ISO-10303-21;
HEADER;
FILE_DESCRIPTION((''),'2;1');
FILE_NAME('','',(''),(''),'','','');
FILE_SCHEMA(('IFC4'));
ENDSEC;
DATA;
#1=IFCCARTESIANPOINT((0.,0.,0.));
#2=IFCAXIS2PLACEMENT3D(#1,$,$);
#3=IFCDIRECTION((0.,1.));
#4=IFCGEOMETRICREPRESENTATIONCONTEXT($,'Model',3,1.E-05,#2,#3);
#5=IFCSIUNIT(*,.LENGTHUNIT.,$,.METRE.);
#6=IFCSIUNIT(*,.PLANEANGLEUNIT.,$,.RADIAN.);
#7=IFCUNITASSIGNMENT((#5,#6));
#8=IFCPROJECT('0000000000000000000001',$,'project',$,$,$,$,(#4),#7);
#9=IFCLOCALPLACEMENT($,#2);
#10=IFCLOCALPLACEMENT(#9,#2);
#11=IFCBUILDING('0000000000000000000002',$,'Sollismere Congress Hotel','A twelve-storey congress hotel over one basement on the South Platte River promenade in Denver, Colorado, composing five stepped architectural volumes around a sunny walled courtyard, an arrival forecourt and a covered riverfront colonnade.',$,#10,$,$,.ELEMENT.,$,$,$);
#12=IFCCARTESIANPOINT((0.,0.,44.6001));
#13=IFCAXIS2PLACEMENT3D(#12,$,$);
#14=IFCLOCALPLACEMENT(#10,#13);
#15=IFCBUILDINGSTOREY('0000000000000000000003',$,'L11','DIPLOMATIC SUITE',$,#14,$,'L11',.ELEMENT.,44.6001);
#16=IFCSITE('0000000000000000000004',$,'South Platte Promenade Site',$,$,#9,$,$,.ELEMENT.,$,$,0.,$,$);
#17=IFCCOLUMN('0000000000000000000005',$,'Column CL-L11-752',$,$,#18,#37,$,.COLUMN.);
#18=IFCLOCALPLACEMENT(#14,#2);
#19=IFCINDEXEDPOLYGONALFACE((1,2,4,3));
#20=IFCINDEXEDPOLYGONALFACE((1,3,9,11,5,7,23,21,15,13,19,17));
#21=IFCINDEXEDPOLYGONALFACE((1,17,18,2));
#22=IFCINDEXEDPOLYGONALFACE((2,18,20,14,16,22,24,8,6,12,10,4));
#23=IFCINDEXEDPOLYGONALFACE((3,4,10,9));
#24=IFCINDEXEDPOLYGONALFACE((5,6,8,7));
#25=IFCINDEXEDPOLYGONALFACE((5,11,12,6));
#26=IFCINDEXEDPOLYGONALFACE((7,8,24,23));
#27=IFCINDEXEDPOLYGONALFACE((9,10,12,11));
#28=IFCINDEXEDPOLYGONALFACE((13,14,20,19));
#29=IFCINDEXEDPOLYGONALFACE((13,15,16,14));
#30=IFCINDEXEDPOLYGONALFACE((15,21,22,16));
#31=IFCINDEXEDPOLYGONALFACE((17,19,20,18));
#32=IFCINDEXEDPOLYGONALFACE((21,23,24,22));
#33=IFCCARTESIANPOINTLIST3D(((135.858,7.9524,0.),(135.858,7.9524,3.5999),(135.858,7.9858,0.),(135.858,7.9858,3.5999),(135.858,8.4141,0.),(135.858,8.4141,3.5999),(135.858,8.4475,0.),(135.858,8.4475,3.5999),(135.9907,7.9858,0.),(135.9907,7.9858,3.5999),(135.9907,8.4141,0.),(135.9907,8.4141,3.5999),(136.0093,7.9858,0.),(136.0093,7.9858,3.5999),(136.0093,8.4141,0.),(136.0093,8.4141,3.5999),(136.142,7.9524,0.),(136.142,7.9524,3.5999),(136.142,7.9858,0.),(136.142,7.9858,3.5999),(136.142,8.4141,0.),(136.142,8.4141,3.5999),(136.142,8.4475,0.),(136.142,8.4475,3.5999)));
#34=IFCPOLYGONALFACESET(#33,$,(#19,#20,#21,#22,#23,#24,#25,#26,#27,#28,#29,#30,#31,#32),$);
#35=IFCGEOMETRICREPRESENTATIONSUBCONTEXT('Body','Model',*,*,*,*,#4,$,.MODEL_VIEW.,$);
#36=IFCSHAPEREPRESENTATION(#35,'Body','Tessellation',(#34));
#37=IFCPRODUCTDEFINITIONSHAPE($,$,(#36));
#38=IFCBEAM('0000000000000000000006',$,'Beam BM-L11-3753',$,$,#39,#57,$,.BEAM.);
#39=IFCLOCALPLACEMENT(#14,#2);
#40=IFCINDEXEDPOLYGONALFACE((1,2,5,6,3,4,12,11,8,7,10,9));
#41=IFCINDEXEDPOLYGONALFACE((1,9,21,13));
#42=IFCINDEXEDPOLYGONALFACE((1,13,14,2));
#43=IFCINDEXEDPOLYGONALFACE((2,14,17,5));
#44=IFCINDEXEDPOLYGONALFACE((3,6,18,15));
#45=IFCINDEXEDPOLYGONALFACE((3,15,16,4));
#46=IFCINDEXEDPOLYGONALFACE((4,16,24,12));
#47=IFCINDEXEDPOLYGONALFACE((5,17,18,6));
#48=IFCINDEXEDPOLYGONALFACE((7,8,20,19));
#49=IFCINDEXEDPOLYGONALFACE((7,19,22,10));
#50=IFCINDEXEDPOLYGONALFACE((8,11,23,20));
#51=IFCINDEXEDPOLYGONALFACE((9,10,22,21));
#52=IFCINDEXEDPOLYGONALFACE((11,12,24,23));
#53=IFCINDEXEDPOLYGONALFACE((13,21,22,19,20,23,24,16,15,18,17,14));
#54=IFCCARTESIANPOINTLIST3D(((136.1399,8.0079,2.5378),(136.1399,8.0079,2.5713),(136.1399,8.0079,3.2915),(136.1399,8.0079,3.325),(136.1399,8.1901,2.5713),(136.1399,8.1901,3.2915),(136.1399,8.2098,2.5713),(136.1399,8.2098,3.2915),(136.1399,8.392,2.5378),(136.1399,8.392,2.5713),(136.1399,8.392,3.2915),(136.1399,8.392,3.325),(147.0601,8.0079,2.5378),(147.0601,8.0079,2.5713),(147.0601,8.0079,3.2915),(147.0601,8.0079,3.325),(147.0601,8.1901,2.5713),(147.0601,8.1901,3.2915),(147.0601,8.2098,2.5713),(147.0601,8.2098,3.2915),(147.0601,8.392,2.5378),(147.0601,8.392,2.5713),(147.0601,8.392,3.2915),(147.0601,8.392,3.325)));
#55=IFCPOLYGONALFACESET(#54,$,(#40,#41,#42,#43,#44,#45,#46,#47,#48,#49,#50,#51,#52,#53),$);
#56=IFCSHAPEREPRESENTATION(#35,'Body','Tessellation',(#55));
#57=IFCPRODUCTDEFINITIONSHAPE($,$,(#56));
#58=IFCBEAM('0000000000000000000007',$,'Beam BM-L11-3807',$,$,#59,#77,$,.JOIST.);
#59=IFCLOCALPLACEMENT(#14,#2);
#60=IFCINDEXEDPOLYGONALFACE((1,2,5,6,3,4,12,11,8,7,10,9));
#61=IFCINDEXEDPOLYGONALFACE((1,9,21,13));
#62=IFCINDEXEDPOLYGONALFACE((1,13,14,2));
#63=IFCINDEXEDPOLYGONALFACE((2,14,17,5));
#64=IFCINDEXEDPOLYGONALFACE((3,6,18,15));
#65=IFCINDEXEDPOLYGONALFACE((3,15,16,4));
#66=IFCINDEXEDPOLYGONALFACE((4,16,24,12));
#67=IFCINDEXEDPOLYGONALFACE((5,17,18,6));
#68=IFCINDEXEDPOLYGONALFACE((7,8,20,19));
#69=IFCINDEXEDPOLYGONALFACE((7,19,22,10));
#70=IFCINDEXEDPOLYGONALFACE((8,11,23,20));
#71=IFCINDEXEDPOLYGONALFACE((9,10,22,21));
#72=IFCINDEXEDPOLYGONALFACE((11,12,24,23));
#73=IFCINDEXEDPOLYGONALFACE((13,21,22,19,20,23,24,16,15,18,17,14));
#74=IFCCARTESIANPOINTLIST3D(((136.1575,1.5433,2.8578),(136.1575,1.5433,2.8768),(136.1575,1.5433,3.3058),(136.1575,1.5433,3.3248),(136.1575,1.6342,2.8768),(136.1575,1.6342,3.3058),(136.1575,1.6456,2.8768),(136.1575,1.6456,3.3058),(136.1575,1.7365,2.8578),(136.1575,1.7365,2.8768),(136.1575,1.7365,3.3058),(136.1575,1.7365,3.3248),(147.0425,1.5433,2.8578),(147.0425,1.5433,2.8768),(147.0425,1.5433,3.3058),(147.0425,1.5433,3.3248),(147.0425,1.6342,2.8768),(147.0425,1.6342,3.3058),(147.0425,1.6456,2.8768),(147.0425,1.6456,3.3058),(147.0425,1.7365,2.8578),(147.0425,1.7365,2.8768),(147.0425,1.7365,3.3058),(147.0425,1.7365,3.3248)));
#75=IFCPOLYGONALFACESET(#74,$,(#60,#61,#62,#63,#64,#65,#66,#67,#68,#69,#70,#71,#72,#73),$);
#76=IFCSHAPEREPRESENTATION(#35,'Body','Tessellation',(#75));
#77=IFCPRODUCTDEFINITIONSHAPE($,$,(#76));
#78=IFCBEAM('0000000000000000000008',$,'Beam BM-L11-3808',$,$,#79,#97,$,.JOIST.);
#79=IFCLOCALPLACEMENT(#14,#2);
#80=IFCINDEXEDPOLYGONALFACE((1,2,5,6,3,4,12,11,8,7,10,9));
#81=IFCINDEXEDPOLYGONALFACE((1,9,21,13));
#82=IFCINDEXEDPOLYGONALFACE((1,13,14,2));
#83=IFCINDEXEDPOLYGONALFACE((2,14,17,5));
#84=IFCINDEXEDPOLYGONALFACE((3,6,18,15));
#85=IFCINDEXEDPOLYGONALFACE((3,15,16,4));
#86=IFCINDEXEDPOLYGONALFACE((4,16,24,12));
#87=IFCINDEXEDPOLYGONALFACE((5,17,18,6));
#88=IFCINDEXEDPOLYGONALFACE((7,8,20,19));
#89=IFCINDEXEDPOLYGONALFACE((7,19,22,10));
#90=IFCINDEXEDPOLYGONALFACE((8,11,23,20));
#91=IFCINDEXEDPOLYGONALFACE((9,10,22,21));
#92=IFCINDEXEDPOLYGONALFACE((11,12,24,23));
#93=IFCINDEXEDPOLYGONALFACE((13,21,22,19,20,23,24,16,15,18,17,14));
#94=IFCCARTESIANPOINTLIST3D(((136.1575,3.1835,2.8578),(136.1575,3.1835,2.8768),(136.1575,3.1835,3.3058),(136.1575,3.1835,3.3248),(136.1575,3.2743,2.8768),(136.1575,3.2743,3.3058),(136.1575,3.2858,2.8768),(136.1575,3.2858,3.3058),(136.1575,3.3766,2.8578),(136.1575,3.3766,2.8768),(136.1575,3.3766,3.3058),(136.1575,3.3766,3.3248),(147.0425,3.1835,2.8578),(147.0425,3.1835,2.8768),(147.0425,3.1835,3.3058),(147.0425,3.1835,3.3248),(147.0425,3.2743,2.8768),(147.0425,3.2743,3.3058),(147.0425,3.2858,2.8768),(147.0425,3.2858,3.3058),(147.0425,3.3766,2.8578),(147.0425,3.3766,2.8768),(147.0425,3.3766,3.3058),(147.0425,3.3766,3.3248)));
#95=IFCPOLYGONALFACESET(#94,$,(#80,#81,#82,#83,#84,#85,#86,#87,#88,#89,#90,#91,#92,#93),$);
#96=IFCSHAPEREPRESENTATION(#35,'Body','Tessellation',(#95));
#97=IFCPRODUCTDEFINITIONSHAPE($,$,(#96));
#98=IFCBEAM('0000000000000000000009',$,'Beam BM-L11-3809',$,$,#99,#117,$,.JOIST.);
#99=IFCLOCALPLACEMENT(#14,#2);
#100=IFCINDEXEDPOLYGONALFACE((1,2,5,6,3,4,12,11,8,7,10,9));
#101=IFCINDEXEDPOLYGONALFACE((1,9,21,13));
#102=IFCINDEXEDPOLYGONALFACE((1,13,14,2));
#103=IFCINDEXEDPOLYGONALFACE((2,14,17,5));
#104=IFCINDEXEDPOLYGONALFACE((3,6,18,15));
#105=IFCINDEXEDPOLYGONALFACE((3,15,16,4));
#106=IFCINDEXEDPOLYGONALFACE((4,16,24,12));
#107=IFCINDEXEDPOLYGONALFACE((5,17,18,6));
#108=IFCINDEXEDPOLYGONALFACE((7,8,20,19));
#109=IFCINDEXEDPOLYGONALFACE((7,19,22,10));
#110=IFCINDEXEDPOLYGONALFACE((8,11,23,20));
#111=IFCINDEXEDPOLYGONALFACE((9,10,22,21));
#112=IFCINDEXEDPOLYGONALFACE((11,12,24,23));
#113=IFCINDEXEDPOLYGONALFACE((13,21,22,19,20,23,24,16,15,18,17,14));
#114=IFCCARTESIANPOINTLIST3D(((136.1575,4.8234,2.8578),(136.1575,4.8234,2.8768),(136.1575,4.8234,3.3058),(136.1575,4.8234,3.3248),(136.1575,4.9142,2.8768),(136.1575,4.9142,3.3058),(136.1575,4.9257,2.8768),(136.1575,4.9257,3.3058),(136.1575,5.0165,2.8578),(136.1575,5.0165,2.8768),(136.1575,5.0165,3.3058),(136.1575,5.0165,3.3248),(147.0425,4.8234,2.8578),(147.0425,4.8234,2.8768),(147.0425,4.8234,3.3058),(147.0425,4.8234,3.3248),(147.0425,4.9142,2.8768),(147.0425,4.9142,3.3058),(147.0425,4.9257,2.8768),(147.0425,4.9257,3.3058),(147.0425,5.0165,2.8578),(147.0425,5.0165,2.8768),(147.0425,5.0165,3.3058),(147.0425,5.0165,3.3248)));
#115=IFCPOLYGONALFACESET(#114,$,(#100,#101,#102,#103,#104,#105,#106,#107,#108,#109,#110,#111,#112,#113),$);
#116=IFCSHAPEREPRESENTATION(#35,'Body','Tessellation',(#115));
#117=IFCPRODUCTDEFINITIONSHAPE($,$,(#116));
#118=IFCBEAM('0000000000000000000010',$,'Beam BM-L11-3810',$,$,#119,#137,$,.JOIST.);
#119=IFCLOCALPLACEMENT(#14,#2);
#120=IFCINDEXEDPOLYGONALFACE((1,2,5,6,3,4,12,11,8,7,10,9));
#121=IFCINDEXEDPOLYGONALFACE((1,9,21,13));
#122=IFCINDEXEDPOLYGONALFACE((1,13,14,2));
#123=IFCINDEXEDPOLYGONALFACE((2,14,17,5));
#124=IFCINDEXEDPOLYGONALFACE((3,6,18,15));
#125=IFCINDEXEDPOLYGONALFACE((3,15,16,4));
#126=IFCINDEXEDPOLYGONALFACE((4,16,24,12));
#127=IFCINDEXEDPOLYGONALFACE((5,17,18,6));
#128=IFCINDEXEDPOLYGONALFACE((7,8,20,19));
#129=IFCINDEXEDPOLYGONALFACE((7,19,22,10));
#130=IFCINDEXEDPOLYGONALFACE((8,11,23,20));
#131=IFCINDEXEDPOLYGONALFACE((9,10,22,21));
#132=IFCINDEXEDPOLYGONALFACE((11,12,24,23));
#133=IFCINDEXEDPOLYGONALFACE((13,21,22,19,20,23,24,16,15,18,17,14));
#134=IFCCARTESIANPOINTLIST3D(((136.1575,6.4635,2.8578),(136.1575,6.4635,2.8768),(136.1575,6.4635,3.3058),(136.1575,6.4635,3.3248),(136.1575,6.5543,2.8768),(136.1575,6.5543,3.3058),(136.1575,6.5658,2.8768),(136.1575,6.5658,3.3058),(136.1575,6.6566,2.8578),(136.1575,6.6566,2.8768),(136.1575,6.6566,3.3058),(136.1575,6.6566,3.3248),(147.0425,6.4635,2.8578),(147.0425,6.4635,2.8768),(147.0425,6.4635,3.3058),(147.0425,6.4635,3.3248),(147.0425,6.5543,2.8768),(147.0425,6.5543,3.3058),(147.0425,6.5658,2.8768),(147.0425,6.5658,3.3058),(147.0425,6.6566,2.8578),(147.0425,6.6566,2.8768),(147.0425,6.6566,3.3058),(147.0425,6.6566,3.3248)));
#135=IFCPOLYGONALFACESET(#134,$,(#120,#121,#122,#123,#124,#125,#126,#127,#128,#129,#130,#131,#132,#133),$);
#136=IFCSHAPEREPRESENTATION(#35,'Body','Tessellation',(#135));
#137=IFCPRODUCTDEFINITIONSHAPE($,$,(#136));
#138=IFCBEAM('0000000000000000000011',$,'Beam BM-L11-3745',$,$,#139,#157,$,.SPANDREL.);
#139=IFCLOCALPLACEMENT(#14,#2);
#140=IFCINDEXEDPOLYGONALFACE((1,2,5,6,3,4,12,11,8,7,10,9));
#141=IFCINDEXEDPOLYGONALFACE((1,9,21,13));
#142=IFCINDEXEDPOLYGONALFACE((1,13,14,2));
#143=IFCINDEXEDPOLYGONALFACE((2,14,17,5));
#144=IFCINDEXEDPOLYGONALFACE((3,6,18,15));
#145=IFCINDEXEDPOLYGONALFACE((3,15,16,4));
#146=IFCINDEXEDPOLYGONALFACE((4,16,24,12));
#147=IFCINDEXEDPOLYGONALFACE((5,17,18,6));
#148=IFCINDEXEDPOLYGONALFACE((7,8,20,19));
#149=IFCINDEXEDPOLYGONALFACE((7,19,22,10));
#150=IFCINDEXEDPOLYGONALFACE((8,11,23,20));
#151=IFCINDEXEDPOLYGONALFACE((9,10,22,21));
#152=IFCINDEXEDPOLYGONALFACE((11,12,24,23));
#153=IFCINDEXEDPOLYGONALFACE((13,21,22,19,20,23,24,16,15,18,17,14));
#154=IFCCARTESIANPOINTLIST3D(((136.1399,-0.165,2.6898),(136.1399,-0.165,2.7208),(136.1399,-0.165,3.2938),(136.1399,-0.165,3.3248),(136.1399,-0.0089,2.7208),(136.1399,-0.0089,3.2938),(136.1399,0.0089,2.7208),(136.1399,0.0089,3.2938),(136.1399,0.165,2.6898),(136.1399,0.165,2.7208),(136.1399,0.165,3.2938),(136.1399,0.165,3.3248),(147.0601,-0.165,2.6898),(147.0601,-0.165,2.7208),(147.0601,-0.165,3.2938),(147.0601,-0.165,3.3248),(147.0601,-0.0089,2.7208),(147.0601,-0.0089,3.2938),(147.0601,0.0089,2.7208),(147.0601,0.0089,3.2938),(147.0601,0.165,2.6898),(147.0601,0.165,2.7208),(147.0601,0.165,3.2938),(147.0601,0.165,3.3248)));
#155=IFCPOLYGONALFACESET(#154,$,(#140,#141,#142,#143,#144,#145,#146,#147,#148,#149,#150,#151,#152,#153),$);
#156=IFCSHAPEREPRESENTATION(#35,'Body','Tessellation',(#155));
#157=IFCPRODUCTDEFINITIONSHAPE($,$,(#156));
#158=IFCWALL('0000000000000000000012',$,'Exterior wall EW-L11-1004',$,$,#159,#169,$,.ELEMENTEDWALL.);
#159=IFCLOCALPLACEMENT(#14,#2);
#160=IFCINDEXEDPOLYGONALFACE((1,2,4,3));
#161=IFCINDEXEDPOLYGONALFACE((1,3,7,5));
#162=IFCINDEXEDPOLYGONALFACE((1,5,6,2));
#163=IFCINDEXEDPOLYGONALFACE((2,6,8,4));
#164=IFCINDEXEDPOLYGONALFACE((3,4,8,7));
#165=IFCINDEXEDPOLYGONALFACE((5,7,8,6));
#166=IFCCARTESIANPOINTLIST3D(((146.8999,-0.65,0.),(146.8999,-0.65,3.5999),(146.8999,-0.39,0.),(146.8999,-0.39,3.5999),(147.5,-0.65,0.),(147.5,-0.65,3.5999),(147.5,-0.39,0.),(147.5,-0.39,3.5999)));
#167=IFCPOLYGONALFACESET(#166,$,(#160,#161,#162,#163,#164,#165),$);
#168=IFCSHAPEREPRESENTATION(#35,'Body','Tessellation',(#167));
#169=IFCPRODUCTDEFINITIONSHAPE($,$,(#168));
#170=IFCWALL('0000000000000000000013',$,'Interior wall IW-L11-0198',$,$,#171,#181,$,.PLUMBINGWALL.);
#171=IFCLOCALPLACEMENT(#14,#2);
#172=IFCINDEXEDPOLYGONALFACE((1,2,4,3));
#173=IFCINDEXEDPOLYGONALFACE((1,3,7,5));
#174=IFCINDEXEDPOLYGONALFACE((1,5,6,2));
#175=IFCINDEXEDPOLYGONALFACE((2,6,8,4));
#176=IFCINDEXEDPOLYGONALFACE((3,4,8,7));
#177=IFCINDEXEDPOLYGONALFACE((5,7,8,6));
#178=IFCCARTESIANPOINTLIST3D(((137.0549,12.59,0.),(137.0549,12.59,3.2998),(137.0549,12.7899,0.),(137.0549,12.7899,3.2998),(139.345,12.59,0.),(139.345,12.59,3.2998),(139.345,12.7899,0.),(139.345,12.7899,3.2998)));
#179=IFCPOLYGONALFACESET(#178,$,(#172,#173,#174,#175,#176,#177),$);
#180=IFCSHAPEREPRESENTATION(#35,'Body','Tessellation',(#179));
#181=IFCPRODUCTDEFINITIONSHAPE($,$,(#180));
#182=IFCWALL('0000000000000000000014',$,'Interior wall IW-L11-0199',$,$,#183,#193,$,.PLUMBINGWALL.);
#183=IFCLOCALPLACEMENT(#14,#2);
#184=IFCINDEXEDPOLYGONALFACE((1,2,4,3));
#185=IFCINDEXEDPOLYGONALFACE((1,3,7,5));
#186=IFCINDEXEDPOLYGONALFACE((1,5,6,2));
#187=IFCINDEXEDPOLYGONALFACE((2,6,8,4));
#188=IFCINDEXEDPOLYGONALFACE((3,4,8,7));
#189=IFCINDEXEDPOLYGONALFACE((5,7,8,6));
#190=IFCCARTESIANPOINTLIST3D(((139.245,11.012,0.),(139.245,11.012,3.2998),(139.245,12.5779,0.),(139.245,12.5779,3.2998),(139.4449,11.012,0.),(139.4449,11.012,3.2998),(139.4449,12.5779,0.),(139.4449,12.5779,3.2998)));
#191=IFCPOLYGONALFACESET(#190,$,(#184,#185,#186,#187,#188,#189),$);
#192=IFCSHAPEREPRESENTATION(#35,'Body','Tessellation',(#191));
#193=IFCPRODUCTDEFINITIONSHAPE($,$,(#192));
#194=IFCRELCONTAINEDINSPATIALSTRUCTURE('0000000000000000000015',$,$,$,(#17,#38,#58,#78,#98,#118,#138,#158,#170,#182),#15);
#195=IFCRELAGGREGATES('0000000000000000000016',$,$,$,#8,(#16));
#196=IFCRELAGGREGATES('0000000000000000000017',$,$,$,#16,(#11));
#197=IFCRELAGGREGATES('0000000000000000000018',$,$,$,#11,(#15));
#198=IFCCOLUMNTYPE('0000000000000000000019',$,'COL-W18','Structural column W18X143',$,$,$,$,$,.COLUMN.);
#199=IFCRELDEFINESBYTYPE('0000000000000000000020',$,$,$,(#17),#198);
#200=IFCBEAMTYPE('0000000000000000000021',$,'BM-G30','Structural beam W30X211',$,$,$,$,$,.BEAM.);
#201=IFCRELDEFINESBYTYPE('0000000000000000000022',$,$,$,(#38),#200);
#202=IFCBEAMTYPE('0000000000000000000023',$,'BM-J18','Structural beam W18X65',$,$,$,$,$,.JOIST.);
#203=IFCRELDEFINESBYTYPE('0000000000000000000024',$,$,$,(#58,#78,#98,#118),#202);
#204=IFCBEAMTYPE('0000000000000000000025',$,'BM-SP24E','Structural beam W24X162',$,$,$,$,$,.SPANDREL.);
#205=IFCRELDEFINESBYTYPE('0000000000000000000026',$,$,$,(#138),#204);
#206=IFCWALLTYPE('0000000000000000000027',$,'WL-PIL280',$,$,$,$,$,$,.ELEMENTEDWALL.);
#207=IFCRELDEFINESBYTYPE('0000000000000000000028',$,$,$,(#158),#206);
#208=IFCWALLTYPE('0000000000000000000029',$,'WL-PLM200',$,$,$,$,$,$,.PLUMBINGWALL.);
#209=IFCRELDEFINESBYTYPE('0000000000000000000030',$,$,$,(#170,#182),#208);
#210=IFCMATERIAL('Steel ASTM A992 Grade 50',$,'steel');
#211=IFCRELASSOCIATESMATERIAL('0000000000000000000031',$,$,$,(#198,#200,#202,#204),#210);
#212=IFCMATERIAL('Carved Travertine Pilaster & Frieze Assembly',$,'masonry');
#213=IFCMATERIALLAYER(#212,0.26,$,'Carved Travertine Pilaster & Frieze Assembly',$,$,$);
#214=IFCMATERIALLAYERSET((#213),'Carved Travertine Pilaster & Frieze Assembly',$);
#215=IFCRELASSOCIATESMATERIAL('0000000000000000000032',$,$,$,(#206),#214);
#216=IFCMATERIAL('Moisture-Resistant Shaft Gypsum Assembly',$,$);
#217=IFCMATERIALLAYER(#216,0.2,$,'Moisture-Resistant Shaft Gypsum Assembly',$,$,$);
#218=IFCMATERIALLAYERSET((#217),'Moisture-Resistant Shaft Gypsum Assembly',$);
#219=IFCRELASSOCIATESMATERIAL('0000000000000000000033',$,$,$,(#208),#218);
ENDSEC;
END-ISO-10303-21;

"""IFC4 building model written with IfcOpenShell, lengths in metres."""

from ifc_helpers import new_model, si_unit, direction, frame, frame_2d, origin, origin_2d, place, context, subcontext, project, spatial, rectangle, i_section, extrude, material, layer, layer_set, material_profile, profile_set, type_object, element, save


model = new_model("IFC4")

# Units and contexts
model_context = context("Model", 3, precision=1e-05, world=origin(), true_north=direction((0.0, 1.0)))
body_context = subcontext(model_context, "Body", "Model", "MODEL_VIEW")
ifc_project = project(units=[si_unit("LENGTHUNIT", "METRE"), si_unit("PLANEANGLEUNIT", "RADIAN")], contexts=[model_context])

# Site, building, storey
site_placement = place(None, origin())
site = spatial("IfcSite", under=ifc_project, at=site_placement, Name="South Platte Promenade Site", CompositionType="ELEMENT", RefElevation=0.0)
building_placement = place(site_placement, origin())
building = spatial("IfcBuilding", under=site, at=building_placement, Name="Sollismere Congress Hotel", Description="A twelve-storey congress hotel over one basement on the South Platte River promenade in Denver, Colorado, composing five stepped architectural volumes around a sunny walled courtyard, an arrival forecourt and a covered riverfront colonnade.", CompositionType="ELEMENT")
storey_placement = place(building_placement, frame((0.0, 0.0, 44.6001)))
storey = spatial("IfcBuildingStorey", under=building, at=storey_placement, Name="L11", Description="DIPLOMATIC SUITE", LongName="L11", CompositionType="ELEMENT", Elevation=44.6001)

# Column
ifc_material_1 = material(Name="Steel ASTM A992 Grade 50", Category="steel")
ifc_material_profile_1 = material_profile(ifc_material_1, i_section(OverallWidth=0.2839, OverallDepth=0.4951, WebThickness=0.0186, FlangeThickness=0.0334, at=origin_2d()), Name="W18X143")
ifc_profile_set_1 = profile_set([ifc_material_profile_1], Name="Steel ASTM A992 Grade 50")
column_type = type_object("IfcColumnType", Name="COL-W18", Description="Structural column W18X143", PredefinedType="COLUMN", material=ifc_profile_set_1)
column_placement = place(storey_placement, frame((136.0, 8.2, 0.0), z_axis=(0.0, 0.0, 1.0), x_axis=(1.0, 0.0, 0.0)))
element("IfcColumn", 1, at=column_placement, inside=storey, type_object=column_type, Name="Column CL-L11-752", PredefinedType="COLUMN", context=body_context, shape_type="SweptSolid", body=[
    extrude(i_section(OverallWidth=0.2839, OverallDepth=0.4951, WebThickness=0.0186, FlangeThickness=0.0334, at=origin_2d()), origin(), (0.0, 0.0, 1.0), 3.5999),
])

# Beams
ifc_material_profile_2 = material_profile(ifc_material_1, i_section(OverallWidth=0.384, OverallDepth=0.7871, WebThickness=0.0198, FlangeThickness=0.0334, at=origin_2d()), Name="W30X211")
ifc_profile_set_2 = profile_set([ifc_material_profile_2], Name="Steel ASTM A992 Grade 50")
beam_type_1 = type_object("IfcBeamType", Name="BM-G30", Description="Structural beam W30X211", PredefinedType="BEAM", material=ifc_profile_set_2)
beam_1_placement = place(storey_placement, frame((136.1399, 8.2, 2.9314), z_axis=(1.0, 0.0, 0.0), x_axis=(0.0, 1.0, 0.0)))
element("IfcBeam", 2, at=beam_1_placement, inside=storey, type_object=beam_type_1, Name="Beam BM-L11-3753", PredefinedType="BEAM", context=body_context, shape_type="SweptSolid", body=[
    extrude(i_section(OverallWidth=0.384, OverallDepth=0.7871, WebThickness=0.0198, FlangeThickness=0.0334, at=origin_2d()), origin(), (0.0, 0.0, 1.0), 10.9202),
])
ifc_material_profile_3 = material_profile(ifc_material_1, i_section(OverallWidth=0.1931, OverallDepth=0.467, WebThickness=0.0115, FlangeThickness=0.019, at=origin_2d()), Name="W18X65")
ifc_profile_set_3 = profile_set([ifc_material_profile_3], Name="Steel ASTM A992 Grade 50")
beam_type_2 = type_object("IfcBeamType", Name="BM-J18", Description="Structural beam W18X65", PredefinedType="JOIST", material=ifc_profile_set_3)
for number, where, z_axis, x_axis, name in (
    (3, (136.1575, 1.6399, 3.0913), (1.0, 0.0, 0.0), (0.0, 1.0, 0.0), "Beam BM-L11-3807"),
    (4, (136.1575, 3.28, 3.0913), (1.0, 0.0, 0.0), (0.0, 1.0, 0.0), "Beam BM-L11-3808"),
    (5, (136.1575, 4.9199, 3.0913), (1.0, 0.0, 0.0), (0.0, 1.0, 0.0), "Beam BM-L11-3809"),
    (6, (136.1575, 6.5601, 3.0913), (1.0, 0.0, 0.0), (0.0, 1.0, 0.0), "Beam BM-L11-3810"),
):
    element("IfcBeam", number, at=place(storey_placement, frame(where, z_axis=z_axis, x_axis=x_axis)), inside=storey, type_object=beam_type_2, Name=name, PredefinedType="JOIST", context=body_context, shape_type="SweptSolid", body=[
        extrude(i_section(OverallWidth=0.1931, OverallDepth=0.467, WebThickness=0.0115, FlangeThickness=0.019, at=origin_2d()), origin(), (0.0, 0.0, 1.0), 10.885),
    ])
ifc_material_profile_4 = material_profile(ifc_material_1, i_section(OverallWidth=0.3301, OverallDepth=0.635, WebThickness=0.0178, FlangeThickness=0.031, at=origin_2d()), Name="W24X162")
ifc_profile_set_4 = profile_set([ifc_material_profile_4], Name="Steel ASTM A992 Grade 50")
beam_type_3 = type_object("IfcBeamType", Name="BM-SP24E", Description="Structural beam W24X162", PredefinedType="SPANDREL", material=ifc_profile_set_4)
beam_2_placement = place(storey_placement, frame((136.1399, 0.0, 3.0073), z_axis=(1.0, 0.0, 0.0), x_axis=(0.0, 1.0, 0.0)))
element("IfcBeam", 7, at=beam_2_placement, inside=storey, type_object=beam_type_3, Name="Beam BM-L11-3745", PredefinedType="SPANDREL", context=body_context, shape_type="SweptSolid", body=[
    extrude(i_section(OverallWidth=0.3301, OverallDepth=0.635, WebThickness=0.0178, FlangeThickness=0.031, at=origin_2d()), origin(), (0.0, 0.0, 1.0), 10.9202),
])

# Walls
ifc_material_2 = material(Name="Carved Travertine Pilaster & Frieze Assembly", Category="masonry")
ifc_layer_1 = layer(ifc_material_2, 0.26, Name="Carved Travertine Pilaster & Frieze Assembly")
ifc_layer_set_1 = layer_set([ifc_layer_1], Name="Carved Travertine Pilaster & Frieze Assembly")
wall_type_1 = type_object("IfcWallType", Name="WL-PIL280", PredefinedType="ELEMENTEDWALL", material=ifc_layer_set_1)
wall_1_placement = place(storey_placement, frame((146.8999, -0.52, 0.0), z_axis=(0.0, 0.0, 1.0), x_axis=(1.0, 0.0, 0.0)))
element("IfcWall", 8, at=wall_1_placement, inside=storey, type_object=wall_type_1, Name="Exterior wall EW-L11-1004", PredefinedType="ELEMENTEDWALL", context=body_context, shape_type="SweptSolid", body=[
    extrude(rectangle(XDim=0.6001, YDim=0.26, at=frame_2d((0.3, 0.0))), origin(), (0.0, 0.0, 1.0), 3.5999),
])
ifc_material_3 = material(Name="Moisture-Resistant Shaft Gypsum Assembly")
ifc_layer_2 = layer(ifc_material_3, 0.2, Name="Moisture-Resistant Shaft Gypsum Assembly")
ifc_layer_set_2 = layer_set([ifc_layer_2], Name="Moisture-Resistant Shaft Gypsum Assembly")
wall_type_2 = type_object("IfcWallType", Name="WL-PLM200", PredefinedType="PLUMBINGWALL", material=ifc_layer_set_2)
wall_2_placement = place(storey_placement, frame((137.0549, 12.6899, 0.0), z_axis=(0.0, 0.0, 1.0), x_axis=(1.0, 0.0, 0.0)))
element("IfcWall", 9, at=wall_2_placement, inside=storey, type_object=wall_type_2, Name="Interior wall IW-L11-0198", PredefinedType="PLUMBINGWALL", context=body_context, shape_type="SweptSolid", body=[
    extrude(rectangle(XDim=2.29, YDim=0.2, at=frame_2d((1.145, 0.0))), origin(), (0.0, 0.0, 1.0), 3.2998),
])
wall_3_placement = place(storey_placement, frame((139.345, 11.012, 0.0), z_axis=(0.0, 0.0, 1.0), x_axis=(0.0, 1.0, 0.0)))
element("IfcWall", 10, at=wall_3_placement, inside=storey, type_object=wall_type_2, Name="Interior wall IW-L11-0199", PredefinedType="PLUMBINGWALL", context=body_context, shape_type="SweptSolid", body=[
    extrude(rectangle(XDim=1.5659, YDim=0.2, at=frame_2d((0.783, 0.0))), origin(), (0.0, 0.0, 1.0), 3.2998),
])

save(model, "model.ifc")
